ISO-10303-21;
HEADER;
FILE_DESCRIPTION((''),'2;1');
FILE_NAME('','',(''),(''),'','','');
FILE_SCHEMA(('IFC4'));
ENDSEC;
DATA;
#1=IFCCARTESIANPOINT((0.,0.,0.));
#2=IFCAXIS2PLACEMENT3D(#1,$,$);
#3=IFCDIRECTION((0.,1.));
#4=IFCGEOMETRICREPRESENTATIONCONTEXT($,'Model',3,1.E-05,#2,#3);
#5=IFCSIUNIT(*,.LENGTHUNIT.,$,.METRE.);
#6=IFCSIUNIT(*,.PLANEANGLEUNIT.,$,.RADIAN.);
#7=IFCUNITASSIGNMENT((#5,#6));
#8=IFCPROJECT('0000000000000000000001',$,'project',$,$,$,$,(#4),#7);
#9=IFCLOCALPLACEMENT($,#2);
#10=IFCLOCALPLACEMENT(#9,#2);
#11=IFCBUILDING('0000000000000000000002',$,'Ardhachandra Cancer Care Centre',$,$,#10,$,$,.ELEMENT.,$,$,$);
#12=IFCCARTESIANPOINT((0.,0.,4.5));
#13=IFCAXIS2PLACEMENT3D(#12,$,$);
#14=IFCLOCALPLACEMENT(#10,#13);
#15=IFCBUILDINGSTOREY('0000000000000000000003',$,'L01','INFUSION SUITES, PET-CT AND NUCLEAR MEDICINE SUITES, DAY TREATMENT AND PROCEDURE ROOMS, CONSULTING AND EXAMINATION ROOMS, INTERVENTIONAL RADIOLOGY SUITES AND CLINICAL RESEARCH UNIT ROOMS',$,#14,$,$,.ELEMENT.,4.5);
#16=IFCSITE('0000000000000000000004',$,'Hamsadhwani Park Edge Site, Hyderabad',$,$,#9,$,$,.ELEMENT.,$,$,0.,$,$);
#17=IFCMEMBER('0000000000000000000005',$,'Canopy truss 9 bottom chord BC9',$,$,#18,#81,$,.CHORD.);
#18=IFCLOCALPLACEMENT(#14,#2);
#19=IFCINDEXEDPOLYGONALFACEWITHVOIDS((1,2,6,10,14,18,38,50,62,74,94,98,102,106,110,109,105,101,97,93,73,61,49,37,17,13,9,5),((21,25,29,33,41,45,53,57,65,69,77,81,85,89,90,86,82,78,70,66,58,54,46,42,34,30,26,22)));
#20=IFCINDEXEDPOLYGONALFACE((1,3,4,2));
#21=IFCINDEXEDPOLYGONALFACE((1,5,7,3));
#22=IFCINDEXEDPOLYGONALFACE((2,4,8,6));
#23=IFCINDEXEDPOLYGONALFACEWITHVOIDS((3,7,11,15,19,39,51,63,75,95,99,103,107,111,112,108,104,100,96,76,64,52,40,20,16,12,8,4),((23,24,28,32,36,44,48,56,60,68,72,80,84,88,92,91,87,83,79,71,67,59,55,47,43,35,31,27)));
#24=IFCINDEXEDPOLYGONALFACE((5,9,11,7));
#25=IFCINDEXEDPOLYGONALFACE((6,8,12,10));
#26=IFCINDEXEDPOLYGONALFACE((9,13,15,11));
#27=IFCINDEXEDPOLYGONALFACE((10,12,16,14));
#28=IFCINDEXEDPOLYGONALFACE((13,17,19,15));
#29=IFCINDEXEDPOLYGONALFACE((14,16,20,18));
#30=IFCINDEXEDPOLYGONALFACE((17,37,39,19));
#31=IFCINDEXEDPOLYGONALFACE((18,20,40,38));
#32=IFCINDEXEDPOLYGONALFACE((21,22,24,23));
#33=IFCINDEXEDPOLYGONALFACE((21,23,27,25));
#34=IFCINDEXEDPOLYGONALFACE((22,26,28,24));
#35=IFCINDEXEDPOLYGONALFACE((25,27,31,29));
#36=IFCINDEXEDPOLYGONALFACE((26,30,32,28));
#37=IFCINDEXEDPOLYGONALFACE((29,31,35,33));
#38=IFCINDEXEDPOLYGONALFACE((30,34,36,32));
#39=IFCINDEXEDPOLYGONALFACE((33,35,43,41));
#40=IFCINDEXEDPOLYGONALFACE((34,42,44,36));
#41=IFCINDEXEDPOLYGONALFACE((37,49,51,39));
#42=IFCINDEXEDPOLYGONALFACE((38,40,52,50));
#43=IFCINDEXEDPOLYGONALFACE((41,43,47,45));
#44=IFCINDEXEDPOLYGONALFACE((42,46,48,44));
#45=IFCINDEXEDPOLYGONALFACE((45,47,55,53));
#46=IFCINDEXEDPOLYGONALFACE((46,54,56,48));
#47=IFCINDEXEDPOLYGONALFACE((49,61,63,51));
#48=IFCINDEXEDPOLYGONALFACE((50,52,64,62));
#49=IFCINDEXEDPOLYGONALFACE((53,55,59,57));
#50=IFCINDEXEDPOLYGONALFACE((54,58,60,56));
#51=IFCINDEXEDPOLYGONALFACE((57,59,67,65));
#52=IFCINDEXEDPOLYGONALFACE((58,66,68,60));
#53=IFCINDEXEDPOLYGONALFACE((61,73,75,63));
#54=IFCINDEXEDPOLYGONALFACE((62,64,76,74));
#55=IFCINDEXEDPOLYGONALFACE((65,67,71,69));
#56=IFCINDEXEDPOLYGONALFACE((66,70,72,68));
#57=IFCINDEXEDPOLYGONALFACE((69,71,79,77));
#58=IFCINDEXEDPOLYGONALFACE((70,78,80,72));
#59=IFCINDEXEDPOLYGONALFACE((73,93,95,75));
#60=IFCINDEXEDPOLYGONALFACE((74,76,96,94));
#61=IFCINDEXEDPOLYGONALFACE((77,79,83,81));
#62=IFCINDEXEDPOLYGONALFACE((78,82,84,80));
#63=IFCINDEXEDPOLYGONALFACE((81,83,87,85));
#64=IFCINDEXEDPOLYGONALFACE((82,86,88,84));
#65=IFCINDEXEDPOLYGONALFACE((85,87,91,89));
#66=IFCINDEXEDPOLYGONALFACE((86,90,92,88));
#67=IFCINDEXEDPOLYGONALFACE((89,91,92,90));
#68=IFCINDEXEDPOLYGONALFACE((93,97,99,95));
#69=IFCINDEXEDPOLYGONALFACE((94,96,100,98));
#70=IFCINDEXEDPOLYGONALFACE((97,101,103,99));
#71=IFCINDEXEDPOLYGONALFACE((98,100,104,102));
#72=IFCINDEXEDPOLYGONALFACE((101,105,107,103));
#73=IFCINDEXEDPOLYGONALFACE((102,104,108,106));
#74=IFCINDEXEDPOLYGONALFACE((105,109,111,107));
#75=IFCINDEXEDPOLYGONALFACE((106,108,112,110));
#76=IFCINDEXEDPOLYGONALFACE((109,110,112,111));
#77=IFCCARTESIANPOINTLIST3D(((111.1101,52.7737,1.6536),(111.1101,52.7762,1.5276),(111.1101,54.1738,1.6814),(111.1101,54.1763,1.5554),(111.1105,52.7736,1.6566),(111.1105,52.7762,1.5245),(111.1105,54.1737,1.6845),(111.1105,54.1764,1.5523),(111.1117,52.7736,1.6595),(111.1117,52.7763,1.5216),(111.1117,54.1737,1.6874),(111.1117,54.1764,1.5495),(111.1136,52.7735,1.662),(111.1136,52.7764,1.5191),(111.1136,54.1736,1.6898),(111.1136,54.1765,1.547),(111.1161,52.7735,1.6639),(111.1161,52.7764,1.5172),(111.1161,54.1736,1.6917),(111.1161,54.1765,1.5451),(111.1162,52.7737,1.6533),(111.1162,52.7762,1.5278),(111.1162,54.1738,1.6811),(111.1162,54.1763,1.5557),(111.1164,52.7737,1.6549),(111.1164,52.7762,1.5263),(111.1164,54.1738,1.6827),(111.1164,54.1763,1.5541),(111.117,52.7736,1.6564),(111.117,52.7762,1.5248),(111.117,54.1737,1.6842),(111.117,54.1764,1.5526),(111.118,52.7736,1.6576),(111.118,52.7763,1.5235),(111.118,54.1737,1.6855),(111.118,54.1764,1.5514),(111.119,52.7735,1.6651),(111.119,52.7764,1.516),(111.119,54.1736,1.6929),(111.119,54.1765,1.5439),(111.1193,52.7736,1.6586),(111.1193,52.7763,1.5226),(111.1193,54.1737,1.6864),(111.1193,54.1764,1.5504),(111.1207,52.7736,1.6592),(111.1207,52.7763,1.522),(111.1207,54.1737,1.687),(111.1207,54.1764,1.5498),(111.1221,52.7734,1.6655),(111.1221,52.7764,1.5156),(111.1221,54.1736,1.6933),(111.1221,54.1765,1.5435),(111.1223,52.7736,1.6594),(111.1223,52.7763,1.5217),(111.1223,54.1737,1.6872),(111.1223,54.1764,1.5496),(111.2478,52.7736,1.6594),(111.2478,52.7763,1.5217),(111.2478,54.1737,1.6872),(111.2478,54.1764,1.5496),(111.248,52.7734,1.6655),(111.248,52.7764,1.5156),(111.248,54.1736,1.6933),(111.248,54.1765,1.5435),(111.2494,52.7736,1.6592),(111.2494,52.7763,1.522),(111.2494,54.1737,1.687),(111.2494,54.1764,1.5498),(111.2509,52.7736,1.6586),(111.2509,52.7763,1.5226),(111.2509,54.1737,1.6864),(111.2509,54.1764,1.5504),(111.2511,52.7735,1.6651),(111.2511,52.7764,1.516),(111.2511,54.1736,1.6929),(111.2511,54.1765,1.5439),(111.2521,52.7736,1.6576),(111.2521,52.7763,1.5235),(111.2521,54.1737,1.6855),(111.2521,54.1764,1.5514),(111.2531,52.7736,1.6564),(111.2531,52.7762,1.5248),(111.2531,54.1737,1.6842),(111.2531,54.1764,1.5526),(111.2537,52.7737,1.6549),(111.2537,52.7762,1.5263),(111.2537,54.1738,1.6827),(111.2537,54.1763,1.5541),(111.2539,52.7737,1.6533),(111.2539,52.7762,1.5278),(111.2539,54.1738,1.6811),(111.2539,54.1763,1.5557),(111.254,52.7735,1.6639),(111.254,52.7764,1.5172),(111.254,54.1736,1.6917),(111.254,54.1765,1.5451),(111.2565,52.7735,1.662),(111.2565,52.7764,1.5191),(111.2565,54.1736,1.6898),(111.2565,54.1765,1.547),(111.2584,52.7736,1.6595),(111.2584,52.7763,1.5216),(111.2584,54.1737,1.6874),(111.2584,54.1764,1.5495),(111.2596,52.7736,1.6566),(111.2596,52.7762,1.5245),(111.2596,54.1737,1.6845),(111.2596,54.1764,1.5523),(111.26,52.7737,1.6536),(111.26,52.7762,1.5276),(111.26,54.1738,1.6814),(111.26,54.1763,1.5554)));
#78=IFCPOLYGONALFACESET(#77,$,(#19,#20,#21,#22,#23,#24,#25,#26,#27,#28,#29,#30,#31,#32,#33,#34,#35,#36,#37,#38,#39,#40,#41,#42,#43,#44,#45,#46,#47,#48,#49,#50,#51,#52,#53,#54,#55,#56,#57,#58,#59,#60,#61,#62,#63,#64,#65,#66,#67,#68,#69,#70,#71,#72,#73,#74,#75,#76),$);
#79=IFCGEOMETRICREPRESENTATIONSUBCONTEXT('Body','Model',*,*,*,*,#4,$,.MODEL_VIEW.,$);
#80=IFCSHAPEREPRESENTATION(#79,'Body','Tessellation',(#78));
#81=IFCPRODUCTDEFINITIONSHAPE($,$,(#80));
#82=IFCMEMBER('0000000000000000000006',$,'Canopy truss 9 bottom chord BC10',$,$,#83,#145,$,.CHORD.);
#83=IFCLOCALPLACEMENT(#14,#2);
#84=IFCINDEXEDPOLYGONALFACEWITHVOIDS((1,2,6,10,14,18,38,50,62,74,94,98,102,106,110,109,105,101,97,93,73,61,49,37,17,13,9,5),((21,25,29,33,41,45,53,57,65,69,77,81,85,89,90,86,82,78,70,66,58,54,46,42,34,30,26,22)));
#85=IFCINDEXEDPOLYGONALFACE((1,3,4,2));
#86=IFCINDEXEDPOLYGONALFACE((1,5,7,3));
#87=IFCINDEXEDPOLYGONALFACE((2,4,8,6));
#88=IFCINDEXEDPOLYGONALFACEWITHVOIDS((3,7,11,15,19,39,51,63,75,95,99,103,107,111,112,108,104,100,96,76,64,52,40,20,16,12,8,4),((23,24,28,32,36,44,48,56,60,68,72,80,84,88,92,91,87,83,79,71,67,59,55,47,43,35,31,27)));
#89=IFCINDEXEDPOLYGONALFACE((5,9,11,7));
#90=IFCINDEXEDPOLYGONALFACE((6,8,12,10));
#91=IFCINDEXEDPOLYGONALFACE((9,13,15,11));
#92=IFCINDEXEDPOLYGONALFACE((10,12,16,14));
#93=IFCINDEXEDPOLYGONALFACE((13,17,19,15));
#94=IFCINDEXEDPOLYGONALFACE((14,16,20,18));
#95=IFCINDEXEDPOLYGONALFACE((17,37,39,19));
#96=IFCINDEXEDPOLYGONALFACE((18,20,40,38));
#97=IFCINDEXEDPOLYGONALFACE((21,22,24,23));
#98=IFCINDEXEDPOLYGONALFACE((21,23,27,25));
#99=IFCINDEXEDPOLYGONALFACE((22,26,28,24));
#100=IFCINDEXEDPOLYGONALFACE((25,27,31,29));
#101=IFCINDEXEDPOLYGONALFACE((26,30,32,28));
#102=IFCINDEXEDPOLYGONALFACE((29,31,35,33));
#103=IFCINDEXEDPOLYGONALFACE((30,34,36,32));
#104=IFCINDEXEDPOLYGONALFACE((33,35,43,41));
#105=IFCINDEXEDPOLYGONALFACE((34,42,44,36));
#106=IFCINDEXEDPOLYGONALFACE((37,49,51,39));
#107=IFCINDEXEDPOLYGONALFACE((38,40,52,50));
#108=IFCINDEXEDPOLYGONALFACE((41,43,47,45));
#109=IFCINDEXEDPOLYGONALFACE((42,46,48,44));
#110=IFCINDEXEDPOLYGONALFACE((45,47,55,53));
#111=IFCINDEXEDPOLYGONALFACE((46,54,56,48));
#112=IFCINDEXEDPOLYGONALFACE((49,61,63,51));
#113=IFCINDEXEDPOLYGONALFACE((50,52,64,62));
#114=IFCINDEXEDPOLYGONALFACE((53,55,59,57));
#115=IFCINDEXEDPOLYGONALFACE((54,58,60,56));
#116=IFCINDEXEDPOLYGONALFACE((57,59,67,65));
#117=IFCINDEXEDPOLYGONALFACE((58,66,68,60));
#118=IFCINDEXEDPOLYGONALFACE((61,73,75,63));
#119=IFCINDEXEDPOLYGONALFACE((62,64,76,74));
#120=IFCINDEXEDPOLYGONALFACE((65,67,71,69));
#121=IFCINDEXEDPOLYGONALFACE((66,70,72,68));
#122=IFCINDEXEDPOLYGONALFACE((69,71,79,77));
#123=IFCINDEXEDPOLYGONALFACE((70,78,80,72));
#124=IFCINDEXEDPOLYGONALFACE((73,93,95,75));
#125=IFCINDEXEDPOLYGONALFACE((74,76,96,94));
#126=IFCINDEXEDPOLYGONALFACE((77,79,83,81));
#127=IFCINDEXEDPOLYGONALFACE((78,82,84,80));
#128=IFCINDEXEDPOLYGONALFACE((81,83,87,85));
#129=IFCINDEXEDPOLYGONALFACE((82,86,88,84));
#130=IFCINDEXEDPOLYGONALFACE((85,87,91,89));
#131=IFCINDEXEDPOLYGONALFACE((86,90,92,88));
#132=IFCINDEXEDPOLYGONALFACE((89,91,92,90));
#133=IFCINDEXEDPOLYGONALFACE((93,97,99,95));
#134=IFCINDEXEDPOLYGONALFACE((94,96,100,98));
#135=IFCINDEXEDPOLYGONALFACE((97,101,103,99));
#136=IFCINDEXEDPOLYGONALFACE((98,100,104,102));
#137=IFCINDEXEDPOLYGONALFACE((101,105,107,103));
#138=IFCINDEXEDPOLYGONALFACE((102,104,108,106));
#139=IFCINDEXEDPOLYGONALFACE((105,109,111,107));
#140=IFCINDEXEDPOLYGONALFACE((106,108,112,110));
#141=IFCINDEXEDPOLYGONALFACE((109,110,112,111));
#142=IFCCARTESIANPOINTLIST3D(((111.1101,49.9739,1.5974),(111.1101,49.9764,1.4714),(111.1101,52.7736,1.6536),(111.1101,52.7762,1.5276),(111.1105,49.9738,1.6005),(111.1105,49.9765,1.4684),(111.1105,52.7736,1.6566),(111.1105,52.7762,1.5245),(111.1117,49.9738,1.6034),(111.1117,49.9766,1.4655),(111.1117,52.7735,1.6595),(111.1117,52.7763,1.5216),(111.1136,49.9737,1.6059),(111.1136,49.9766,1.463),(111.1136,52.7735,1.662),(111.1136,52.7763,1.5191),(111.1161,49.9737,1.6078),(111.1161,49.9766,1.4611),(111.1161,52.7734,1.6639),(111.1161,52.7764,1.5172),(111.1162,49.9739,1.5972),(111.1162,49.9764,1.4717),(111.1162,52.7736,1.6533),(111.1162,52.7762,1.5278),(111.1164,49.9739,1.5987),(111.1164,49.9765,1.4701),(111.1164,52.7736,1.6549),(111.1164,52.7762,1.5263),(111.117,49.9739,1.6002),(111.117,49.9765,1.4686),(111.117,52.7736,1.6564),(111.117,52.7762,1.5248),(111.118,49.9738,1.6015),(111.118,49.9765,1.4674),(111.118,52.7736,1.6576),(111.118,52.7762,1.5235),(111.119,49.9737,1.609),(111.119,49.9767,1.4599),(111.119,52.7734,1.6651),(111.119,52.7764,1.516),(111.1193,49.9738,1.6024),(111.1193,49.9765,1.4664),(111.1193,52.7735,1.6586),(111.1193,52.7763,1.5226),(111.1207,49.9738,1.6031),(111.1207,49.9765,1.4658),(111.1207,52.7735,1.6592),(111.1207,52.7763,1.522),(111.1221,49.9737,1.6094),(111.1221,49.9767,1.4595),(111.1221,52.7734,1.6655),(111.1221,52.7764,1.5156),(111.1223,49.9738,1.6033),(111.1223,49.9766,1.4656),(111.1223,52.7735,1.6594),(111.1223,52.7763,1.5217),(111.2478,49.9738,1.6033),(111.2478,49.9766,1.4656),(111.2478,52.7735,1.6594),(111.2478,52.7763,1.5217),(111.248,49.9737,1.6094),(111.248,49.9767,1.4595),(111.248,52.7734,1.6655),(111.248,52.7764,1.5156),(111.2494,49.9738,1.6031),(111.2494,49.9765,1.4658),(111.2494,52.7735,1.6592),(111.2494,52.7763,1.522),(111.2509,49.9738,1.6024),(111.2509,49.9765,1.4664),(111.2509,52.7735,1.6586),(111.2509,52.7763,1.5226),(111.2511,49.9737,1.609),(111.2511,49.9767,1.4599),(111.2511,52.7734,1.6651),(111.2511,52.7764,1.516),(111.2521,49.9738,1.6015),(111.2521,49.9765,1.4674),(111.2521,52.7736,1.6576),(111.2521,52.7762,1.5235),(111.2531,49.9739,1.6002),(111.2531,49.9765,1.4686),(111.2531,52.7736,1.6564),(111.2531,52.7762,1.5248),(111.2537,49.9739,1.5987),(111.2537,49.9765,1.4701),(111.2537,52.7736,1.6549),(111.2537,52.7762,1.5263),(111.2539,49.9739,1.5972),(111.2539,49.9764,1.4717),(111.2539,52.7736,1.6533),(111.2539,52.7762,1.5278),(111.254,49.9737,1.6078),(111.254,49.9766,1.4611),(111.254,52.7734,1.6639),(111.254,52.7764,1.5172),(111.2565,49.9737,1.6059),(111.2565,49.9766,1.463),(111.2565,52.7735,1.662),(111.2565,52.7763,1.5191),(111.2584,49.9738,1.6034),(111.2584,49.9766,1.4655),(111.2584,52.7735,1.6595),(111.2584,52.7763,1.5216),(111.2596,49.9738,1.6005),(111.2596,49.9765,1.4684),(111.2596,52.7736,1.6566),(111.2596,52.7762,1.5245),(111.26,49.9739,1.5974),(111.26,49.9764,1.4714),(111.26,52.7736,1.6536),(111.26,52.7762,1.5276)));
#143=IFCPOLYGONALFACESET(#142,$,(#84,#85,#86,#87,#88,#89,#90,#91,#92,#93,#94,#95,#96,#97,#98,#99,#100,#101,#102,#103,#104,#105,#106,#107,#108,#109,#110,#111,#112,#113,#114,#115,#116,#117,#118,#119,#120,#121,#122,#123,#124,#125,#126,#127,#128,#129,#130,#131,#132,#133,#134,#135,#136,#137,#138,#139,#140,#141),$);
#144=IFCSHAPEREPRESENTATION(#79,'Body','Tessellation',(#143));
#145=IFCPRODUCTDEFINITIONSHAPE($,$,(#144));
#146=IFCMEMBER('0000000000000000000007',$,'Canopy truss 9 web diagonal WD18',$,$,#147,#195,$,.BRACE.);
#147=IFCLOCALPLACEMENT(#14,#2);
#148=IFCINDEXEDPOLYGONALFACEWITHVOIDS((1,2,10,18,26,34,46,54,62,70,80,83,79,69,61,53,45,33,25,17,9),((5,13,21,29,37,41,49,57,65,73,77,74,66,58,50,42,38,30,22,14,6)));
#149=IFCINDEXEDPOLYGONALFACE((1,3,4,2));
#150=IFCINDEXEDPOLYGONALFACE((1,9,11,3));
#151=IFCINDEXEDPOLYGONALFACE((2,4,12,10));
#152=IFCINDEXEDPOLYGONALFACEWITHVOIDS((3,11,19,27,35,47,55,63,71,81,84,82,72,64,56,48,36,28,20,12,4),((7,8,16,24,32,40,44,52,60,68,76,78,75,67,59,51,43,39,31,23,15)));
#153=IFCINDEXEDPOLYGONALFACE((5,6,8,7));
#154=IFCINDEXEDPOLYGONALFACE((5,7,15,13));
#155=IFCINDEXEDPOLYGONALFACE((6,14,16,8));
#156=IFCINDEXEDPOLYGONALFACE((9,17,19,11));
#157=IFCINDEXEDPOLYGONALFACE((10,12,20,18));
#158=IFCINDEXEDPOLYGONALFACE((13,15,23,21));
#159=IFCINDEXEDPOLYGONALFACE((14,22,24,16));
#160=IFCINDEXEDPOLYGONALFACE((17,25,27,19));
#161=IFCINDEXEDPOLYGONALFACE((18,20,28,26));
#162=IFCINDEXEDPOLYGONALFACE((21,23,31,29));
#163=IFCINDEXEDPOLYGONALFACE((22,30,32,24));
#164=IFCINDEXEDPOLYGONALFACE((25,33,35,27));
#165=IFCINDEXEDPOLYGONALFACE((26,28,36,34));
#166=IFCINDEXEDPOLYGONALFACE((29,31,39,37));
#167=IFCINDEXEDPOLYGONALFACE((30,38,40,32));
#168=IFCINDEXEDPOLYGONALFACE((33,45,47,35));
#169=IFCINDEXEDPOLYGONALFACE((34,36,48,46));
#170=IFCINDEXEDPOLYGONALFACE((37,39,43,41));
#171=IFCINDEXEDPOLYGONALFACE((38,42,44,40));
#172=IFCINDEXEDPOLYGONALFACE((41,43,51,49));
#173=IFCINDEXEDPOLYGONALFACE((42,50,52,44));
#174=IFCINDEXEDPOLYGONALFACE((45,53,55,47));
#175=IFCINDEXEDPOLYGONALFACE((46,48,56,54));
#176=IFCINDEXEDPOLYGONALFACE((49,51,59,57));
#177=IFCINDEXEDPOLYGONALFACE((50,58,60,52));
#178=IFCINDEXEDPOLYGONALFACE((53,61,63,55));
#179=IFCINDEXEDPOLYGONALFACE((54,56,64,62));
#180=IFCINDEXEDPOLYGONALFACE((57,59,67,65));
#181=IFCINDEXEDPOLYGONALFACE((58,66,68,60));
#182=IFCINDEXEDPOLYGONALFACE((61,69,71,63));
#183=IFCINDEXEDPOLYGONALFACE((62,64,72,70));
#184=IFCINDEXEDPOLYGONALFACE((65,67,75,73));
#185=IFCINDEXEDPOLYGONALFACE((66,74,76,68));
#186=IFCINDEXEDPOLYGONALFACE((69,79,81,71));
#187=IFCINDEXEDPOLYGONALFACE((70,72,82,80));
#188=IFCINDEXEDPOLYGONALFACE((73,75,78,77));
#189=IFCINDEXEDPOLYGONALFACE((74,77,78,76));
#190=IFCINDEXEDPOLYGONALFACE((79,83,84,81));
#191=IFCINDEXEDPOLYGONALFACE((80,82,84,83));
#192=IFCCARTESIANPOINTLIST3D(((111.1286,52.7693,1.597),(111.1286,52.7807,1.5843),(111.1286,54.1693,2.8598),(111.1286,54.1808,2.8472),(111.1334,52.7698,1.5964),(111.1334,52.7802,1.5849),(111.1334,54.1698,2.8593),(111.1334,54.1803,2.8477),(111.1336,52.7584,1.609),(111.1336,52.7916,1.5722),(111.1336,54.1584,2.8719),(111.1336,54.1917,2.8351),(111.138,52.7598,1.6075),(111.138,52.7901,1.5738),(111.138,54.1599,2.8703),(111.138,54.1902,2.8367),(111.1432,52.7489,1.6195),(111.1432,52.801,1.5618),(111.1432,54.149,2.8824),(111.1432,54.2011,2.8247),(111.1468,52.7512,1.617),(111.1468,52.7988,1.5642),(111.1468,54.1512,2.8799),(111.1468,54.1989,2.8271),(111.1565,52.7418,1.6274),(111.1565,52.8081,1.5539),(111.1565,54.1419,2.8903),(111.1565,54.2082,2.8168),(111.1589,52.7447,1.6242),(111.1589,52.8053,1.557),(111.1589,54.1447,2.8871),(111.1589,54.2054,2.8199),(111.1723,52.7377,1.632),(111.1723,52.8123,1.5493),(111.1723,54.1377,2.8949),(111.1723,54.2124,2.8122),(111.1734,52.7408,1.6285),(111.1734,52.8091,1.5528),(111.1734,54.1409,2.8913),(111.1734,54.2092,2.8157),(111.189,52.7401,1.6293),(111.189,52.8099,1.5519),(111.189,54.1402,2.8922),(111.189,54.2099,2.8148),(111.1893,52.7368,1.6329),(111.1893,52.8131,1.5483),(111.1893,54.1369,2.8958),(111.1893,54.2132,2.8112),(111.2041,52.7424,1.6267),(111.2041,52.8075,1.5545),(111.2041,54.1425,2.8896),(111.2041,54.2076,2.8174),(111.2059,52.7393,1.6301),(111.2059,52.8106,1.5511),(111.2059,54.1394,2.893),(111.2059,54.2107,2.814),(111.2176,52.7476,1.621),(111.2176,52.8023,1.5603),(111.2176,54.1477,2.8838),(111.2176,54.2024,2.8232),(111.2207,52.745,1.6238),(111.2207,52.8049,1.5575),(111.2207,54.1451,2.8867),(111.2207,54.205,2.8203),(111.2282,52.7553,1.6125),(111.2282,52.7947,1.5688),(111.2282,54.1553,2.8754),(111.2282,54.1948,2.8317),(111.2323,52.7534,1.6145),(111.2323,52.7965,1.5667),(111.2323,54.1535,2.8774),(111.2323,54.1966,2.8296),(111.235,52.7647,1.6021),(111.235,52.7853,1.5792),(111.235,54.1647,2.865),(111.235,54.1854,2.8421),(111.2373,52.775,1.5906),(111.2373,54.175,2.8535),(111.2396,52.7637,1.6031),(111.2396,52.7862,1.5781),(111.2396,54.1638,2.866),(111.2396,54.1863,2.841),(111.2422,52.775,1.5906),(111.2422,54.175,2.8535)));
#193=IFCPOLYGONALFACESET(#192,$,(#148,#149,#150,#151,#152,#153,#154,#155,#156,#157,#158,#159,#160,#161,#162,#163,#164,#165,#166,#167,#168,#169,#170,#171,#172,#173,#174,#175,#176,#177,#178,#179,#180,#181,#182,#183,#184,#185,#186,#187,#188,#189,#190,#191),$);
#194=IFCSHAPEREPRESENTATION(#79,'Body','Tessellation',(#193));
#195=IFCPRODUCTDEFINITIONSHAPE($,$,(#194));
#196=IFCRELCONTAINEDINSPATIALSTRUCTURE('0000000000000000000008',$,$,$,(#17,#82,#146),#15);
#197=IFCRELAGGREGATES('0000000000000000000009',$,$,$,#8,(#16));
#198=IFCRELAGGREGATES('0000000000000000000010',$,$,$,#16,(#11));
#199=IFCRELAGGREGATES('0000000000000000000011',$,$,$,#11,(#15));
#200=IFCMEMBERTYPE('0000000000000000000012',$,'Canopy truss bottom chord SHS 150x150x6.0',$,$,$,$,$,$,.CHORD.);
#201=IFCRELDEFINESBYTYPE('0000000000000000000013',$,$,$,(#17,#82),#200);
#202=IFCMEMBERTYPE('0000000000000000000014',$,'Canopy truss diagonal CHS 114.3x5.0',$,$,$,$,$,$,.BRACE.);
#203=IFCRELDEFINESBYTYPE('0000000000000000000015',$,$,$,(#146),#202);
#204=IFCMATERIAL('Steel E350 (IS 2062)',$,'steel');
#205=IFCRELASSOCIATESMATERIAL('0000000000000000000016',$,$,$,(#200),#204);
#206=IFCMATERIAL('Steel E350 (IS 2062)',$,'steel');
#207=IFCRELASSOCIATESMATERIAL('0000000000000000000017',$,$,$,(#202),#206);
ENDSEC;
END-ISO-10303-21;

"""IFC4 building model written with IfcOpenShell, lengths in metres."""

from ifc_helpers import new_model, si_unit, direction, frame, origin, origin_2d, place, context, subcontext, project, spatial, hollow_rectangle, hollow_circle, extrude, material, material_profile, profile_set, type_object, element, save


model = new_model("IFC4")

# Units and contexts
model_context = context("Model", 3, precision=1e-05, world=origin(), true_north=direction((0.0, 1.0)))
body_context = subcontext(model_context, "Body", "Model", "MODEL_VIEW")
ifc_project = project(units=[si_unit("LENGTHUNIT", "METRE"), si_unit("PLANEANGLEUNIT", "RADIAN")], contexts=[model_context])

# Site, building, storey
site_placement = place(None, origin())
site = spatial("IfcSite", under=ifc_project, at=site_placement, Name="Hamsadhwani Park Edge Site, Hyderabad", CompositionType="ELEMENT", RefElevation=0.0)
building_placement = place(site_placement, origin())
building = spatial("IfcBuilding", under=site, at=building_placement, Name="Ardhachandra Cancer Care Centre", CompositionType="ELEMENT")
storey_placement = place(building_placement, frame((0.0, 0.0, 4.5)))
storey = spatial("IfcBuildingStorey", under=building, at=storey_placement, Name="L01", Description="INFUSION SUITES, PET-CT AND NUCLEAR MEDICINE SUITES, DAY TREATMENT AND PROCEDURE ROOMS, CONSULTING AND EXAMINATION ROOMS, INTERVENTIONAL RADIOLOGY SUITES AND CLINICAL RESEARCH UNIT ROOMS", CompositionType="ELEMENT", Elevation=4.5)

# Members
ifc_material_1 = material(Name="Steel E350 (IS 2062)", Category="steel")
ifc_material_profile_1 = material_profile(ifc_material_1, hollow_rectangle(XDim=0.1499, YDim=0.1499, WallThickness=0.0061, InnerFilletRadius=0.0061, OuterFilletRadius=0.012, at=origin_2d()), Name="SHS 150x150x6.0")
ifc_profile_set_1 = profile_set([ifc_material_profile_1], Name="Steel E350 (IS 2062)")
member_type_1 = type_object("IfcMemberType", Name="Canopy truss bottom chord SHS 150x150x6.0", PredefinedType="CHORD", material=ifc_profile_set_1)
member_1_placement = place(storey_placement, frame((111.1851, 54.175, 1.6184), z_axis=(0.0, -0.999802, -0.019874), x_axis=(1.0, 0.0, 0.0)))
element("IfcMember", 1, at=member_1_placement, inside=storey, type_object=member_type_1, Name="Canopy truss 9 bottom chord BC9", PredefinedType="CHORD", context=body_context, shape_type="SweptSolid", body=[
    extrude(hollow_rectangle(XDim=0.1499, YDim=0.1499, WallThickness=0.0061, InnerFilletRadius=0.0061, OuterFilletRadius=0.012, at=origin_2d()), origin(), (0.0, 0.0, 1.0), 1.4004),
])
member_2_placement = place(storey_placement, frame((111.1851, 52.7749, 1.5906), z_axis=(0.0, -0.999799, -0.020052), x_axis=(1.0, 0.0, 0.0)))
element("IfcMember", 2, at=member_2_placement, inside=storey, type_object=member_type_1, Name="Canopy truss 9 bottom chord BC10", PredefinedType="CHORD", context=body_context, shape_type="SweptSolid", body=[
    extrude(hollow_rectangle(XDim=0.1499, YDim=0.1499, WallThickness=0.0061, InnerFilletRadius=0.0061, OuterFilletRadius=0.012, at=origin_2d()), origin(), (0.0, 0.0, 1.0), 2.8003),
])
ifc_material_2 = material(Name="Steel E350 (IS 2062)", Category="steel")
ifc_material_profile_2 = material_profile(ifc_material_2, hollow_circle(Radius=0.0571, WallThickness=0.0049, at=origin_2d()), Name="CHS 114.3x5.0")
ifc_profile_set_2 = profile_set([ifc_material_profile_2], Name="Steel E350 (IS 2062)")
member_type_2 = type_object("IfcMemberType", Name="Canopy truss diagonal CHS 114.3x5.0", PredefinedType="BRACE", material=ifc_profile_set_2)
member_3_placement = place(storey_placement, frame((111.1851, 54.175, 2.8535), z_axis=(0.0, -0.742553, -0.669787), x_axis=(1.0, 0.0, 0.0)))
element("IfcMember", 3, at=member_3_placement, inside=storey, type_object=member_type_2, Name="Canopy truss 9 web diagonal WD18", PredefinedType="BRACE", context=body_context, shape_type="SweptSolid", body=[
    extrude(hollow_circle(Radius=0.0571, WallThickness=0.0049, at=origin_2d()), origin(), (0.0, 0.0, 1.0), 1.8855),
])

save(model, "model.ifc")
